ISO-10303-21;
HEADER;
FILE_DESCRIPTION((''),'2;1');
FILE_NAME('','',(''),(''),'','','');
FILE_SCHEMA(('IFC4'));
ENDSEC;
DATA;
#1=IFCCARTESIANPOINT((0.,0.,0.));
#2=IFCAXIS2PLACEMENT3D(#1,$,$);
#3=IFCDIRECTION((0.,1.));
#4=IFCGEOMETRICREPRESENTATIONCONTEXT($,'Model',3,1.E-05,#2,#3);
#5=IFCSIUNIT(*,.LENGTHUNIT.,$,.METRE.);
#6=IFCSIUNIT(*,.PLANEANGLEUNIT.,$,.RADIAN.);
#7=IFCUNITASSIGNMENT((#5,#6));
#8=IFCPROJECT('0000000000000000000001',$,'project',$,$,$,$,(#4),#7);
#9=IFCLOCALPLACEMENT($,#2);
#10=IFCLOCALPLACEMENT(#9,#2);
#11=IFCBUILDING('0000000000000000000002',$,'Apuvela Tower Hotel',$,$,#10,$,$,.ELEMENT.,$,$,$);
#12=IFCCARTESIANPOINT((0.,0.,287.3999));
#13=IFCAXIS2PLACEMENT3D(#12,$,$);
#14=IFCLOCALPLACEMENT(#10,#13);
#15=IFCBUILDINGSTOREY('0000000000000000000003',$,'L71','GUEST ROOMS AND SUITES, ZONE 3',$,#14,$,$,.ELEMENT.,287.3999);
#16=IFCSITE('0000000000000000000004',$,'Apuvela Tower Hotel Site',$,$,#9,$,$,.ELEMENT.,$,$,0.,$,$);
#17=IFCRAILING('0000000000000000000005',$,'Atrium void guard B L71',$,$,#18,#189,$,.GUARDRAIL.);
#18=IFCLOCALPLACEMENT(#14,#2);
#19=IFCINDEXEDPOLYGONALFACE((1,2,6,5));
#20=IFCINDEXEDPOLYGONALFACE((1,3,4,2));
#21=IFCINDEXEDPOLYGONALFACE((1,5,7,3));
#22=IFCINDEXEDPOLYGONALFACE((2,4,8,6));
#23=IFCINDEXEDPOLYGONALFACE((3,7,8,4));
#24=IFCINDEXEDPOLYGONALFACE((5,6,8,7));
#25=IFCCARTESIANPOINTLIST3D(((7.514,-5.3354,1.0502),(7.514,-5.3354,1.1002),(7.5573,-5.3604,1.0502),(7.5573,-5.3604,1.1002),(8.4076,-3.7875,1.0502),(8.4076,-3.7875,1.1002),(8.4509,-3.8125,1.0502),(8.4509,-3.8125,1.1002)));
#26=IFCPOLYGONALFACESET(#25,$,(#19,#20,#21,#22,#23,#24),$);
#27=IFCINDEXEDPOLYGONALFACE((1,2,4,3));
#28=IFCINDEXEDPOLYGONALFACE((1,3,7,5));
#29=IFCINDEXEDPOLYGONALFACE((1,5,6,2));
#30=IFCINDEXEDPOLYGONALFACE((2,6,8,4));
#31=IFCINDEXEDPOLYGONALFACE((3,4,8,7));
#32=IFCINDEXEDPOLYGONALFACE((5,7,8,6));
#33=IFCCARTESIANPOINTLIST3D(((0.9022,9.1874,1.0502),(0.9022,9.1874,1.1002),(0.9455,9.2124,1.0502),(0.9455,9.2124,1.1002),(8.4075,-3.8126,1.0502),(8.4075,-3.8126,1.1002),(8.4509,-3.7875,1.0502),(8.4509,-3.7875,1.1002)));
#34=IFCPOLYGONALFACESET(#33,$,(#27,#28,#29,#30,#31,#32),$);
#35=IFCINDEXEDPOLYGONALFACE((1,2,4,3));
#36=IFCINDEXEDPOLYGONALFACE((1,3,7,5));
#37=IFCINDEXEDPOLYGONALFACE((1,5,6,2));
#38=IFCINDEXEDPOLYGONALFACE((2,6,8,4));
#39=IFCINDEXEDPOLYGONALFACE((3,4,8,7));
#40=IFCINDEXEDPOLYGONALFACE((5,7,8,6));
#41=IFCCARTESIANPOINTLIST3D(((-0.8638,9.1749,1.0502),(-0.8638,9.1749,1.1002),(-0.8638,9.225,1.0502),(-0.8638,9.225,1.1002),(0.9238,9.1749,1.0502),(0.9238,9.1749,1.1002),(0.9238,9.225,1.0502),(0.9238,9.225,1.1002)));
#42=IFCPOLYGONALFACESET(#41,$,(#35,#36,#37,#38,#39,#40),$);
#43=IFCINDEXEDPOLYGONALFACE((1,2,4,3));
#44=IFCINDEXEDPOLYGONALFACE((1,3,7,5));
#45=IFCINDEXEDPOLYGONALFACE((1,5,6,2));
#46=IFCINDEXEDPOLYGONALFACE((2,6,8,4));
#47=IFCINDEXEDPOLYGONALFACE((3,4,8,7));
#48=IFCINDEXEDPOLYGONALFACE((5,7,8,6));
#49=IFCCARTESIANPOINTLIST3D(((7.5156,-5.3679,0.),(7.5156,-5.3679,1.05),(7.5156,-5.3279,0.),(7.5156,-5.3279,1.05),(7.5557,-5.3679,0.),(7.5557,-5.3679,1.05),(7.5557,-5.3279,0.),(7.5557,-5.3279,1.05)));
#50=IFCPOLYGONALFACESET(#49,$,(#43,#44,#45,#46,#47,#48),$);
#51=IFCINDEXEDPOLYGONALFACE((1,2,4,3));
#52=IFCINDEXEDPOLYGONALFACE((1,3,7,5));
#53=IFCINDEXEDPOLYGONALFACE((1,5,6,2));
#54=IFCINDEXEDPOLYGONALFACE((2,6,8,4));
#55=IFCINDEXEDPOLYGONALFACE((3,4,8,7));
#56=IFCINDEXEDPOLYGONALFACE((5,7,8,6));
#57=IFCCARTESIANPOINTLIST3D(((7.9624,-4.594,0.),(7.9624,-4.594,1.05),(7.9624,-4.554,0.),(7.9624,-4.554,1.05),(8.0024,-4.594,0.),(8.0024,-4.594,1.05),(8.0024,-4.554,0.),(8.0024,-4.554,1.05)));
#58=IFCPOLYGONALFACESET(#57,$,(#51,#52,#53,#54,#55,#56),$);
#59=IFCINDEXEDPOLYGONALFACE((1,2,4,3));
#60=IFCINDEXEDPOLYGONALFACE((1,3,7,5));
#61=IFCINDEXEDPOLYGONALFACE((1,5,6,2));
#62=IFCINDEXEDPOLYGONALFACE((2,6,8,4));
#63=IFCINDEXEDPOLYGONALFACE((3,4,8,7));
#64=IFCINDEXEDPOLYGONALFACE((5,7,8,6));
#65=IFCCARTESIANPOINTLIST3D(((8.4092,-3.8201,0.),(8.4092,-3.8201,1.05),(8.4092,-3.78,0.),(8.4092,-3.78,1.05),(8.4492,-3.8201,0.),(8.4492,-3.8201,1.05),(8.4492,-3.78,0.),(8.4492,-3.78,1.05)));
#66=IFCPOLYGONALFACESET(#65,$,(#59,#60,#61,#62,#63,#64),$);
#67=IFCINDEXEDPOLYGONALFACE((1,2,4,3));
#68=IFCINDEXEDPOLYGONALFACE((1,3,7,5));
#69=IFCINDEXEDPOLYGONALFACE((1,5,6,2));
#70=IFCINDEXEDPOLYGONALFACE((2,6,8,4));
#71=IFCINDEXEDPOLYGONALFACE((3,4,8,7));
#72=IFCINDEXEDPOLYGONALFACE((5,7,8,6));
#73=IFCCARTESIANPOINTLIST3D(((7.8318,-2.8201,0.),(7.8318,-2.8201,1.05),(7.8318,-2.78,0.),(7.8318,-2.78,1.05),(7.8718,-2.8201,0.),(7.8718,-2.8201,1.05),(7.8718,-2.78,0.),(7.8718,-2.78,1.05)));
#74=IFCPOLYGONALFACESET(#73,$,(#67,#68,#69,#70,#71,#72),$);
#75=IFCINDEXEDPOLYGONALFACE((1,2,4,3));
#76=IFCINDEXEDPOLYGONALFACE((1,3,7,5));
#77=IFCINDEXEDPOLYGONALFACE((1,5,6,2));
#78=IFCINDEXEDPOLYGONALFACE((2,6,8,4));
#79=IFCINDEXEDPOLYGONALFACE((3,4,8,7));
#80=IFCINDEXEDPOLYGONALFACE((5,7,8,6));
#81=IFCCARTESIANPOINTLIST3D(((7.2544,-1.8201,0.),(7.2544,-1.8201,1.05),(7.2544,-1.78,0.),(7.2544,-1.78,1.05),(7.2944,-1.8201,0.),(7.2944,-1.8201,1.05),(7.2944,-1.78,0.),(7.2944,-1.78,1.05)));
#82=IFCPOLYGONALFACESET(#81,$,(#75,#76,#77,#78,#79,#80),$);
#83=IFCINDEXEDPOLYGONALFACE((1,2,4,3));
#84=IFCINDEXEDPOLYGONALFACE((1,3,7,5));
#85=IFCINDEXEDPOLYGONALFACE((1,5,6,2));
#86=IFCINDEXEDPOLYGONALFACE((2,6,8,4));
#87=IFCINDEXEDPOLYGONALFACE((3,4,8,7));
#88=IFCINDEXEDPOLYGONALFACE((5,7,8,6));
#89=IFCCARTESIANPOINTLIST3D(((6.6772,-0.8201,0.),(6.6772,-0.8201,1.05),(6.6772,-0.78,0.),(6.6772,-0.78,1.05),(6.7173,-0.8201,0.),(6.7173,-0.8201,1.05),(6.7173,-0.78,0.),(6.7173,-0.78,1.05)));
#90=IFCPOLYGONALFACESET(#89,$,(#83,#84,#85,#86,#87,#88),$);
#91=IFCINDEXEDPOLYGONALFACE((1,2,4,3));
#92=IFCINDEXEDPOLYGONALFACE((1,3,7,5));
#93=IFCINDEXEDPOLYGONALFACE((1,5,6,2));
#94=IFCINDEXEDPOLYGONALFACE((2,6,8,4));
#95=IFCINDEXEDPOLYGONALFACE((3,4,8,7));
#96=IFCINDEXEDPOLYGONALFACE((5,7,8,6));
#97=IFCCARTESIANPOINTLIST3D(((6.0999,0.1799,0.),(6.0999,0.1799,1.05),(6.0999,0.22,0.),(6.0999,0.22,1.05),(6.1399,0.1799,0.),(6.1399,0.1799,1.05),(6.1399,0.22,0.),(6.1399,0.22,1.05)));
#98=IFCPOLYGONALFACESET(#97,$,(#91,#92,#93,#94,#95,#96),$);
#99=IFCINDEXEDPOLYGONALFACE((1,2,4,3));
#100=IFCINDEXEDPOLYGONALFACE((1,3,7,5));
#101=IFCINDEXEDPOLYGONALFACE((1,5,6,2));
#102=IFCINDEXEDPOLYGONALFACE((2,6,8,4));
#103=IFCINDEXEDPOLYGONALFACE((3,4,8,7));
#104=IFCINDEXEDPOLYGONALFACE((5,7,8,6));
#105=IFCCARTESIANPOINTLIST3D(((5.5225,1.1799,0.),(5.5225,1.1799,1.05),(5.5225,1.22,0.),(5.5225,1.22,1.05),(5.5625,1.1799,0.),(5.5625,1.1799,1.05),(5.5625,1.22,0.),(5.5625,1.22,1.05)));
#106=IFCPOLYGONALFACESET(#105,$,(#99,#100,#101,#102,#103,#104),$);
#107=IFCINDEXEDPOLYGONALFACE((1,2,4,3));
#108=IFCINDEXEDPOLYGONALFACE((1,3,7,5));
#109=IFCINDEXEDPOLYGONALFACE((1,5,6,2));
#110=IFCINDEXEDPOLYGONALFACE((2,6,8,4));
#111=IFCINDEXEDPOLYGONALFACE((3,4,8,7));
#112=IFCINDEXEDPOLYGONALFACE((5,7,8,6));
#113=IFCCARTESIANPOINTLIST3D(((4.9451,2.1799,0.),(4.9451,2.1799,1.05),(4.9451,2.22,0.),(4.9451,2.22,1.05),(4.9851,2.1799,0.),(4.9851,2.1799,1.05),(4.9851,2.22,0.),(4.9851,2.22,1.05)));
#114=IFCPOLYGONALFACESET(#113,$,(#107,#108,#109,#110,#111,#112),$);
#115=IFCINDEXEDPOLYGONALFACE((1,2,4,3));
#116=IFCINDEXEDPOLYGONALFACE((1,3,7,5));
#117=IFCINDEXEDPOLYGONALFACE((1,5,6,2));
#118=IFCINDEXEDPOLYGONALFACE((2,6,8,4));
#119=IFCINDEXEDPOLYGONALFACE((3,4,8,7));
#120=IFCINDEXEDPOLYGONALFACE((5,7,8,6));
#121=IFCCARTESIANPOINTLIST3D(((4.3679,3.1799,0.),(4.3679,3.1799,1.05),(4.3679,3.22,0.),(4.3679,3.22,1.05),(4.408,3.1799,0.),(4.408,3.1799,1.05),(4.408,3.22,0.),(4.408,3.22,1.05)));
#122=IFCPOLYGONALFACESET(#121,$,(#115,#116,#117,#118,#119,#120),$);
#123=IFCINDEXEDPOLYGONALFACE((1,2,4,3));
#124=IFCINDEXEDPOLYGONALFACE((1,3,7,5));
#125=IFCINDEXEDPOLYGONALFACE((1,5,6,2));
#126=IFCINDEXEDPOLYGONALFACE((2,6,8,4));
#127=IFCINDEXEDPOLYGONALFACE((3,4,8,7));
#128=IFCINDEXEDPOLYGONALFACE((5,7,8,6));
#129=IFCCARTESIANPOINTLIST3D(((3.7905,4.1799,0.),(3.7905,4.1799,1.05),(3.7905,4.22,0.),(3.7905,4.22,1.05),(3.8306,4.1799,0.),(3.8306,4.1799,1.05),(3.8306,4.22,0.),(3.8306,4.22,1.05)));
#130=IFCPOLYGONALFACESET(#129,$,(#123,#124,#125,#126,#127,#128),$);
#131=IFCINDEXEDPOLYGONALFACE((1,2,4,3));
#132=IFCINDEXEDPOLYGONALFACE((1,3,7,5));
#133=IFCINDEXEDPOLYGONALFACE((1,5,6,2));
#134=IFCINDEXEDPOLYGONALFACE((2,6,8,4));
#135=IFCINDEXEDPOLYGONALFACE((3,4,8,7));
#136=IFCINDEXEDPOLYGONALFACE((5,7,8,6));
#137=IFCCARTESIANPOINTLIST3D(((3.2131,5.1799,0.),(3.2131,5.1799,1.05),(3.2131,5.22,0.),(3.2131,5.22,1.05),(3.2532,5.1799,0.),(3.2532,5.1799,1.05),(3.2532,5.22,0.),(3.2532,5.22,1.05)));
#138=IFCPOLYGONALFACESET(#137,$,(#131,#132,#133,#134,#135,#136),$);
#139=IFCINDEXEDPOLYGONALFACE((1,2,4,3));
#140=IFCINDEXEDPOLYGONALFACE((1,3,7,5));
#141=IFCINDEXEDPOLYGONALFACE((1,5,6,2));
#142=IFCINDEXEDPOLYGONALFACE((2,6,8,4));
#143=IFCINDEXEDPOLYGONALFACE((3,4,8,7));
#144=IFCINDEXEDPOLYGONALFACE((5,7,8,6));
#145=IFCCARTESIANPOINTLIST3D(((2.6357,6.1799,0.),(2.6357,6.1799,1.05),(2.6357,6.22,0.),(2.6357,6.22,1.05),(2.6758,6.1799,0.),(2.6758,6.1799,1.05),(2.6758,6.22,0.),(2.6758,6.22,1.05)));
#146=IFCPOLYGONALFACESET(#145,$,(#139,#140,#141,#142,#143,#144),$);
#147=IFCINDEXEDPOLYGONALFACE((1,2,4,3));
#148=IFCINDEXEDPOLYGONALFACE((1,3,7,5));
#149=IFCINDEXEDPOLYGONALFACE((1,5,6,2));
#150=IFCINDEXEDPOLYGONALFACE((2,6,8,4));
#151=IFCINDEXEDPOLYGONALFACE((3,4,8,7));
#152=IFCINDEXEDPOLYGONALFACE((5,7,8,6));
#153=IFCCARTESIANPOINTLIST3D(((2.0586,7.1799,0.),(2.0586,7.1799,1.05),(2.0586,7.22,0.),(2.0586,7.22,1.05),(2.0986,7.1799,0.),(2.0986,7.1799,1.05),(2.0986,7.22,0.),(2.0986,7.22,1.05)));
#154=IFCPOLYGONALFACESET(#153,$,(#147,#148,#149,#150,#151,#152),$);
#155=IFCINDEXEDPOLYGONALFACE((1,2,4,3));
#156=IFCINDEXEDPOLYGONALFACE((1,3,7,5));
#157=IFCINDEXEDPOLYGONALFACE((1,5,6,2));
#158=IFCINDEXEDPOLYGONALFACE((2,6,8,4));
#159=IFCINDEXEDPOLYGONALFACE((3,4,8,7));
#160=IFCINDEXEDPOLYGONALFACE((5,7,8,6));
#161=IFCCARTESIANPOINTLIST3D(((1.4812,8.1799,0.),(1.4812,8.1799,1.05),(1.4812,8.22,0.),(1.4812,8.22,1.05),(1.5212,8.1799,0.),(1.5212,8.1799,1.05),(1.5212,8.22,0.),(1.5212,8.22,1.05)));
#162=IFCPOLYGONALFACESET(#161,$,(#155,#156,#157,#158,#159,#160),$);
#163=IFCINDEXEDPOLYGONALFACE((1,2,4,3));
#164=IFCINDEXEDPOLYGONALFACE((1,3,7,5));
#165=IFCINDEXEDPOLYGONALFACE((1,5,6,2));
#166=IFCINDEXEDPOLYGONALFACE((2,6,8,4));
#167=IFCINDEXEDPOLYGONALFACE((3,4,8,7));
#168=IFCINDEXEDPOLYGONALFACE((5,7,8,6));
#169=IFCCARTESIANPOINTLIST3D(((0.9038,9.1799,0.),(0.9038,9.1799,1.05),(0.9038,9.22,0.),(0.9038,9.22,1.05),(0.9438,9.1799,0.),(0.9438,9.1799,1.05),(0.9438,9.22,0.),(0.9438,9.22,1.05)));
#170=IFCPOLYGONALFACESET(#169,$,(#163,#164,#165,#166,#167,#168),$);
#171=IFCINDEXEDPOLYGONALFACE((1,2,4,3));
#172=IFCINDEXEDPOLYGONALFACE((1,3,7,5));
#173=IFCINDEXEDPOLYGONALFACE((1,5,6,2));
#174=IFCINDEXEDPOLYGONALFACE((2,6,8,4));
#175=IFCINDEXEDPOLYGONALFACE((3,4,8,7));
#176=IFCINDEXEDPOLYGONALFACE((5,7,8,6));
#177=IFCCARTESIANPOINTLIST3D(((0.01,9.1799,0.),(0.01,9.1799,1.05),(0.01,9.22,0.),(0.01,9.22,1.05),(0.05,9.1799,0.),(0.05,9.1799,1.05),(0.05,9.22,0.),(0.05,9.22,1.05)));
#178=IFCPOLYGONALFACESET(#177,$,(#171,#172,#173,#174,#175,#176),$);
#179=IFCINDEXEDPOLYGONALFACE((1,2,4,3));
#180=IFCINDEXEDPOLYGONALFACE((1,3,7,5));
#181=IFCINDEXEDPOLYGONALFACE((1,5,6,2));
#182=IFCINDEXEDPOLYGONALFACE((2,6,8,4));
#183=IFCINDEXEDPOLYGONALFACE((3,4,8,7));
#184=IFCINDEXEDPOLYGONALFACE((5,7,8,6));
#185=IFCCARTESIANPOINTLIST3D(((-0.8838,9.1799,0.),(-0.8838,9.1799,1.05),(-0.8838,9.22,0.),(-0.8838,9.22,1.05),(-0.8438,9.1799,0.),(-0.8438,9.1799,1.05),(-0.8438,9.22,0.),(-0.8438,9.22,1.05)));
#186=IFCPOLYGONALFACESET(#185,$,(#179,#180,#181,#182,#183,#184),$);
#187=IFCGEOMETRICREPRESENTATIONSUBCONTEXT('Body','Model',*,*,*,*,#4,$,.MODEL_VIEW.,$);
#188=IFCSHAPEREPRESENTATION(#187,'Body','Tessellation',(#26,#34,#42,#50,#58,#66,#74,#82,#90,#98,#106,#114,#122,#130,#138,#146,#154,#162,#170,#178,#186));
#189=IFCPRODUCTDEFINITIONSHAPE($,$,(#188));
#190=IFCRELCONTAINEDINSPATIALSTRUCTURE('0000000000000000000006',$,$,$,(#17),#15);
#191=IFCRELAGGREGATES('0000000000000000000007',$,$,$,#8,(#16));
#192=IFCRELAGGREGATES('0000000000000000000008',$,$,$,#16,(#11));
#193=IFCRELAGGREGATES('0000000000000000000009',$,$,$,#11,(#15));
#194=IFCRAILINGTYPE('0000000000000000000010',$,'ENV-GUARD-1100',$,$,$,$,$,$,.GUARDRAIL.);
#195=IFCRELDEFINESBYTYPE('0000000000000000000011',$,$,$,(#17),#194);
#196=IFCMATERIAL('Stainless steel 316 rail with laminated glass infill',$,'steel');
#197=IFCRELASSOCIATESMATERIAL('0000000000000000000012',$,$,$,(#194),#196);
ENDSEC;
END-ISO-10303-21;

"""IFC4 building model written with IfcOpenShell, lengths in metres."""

from ifc_helpers import new_model, si_unit, direction, frame, origin, origin_2d, place, context, subcontext, project, spatial, rectangle, extrude, material, type_object, element, save


model = new_model("IFC4")

# Units and contexts
model_context = context("Model", 3, precision=1e-05, world=origin(), true_north=direction((0.0, 1.0)))
body_context = subcontext(model_context, "Body", "Model", "MODEL_VIEW")
ifc_project = project(units=[si_unit("LENGTHUNIT", "METRE"), si_unit("PLANEANGLEUNIT", "RADIAN")], contexts=[model_context])

# Site, building, storey
site_placement = place(None, origin())
site = spatial("IfcSite", under=ifc_project, at=site_placement, Name="Apuvela Tower Hotel Site", CompositionType="ELEMENT", RefElevation=0.0)
building_placement = place(site_placement, origin())
building = spatial("IfcBuilding", under=site, at=building_placement, Name="Apuvela Tower Hotel", CompositionType="ELEMENT")
storey_placement = place(building_placement, frame((0.0, 0.0, 287.3999)))
storey = spatial("IfcBuildingStorey", under=building, at=storey_placement, Name="L71", Description="GUEST ROOMS AND SUITES, ZONE 3", CompositionType="ELEMENT", Elevation=287.3999)

# Railing
ifc_material_1 = material(Name="Stainless steel 316 rail with laminated glass infill", Category="steel")
railing_type_1 = type_object("IfcRailingType", Name="ENV-GUARD-1100", PredefinedType="GUARDRAIL", material=ifc_material_1)
railing_1_placement = place(storey_placement, frame((7.5356, -5.3479, 0.0)))
element("IfcRailing", 1, at=railing_1_placement, inside=storey, type_object=railing_type_1, Name="Atrium void guard B L71", PredefinedType="GUARDRAIL", context=body_context, shape_type="SweptSolid", body=[
    extrude(rectangle(XDim=0.05, YDim=0.05, at=origin_2d()), frame((0.0, 0.0, 1.0752), z_axis=(0.499959, 0.866049, 0.0), x_axis=(-0.866049, 0.499959, 0.0)), (0.0, 0.0, 1.0), 1.7874),
    extrude(rectangle(XDim=0.05, YDim=0.05, at=origin_2d()), frame((0.8936, 1.5479, 1.0752), z_axis=(-0.499991, 0.866031, 0.0), x_axis=(-0.866031, -0.499991, 0.0)), (0.0, 0.0, 1.0), 15.011),
    extrude(rectangle(XDim=0.05, YDim=0.05, at=origin_2d()), frame((-6.6118, 14.5479, 1.0752), z_axis=(-1.0, 0.0, 0.0), x_axis=(0.0, -1.0, 0.0)), (0.0, 0.0, 1.0), 1.7876),
    extrude(rectangle(XDim=0.04, YDim=0.04, at=origin_2d()), origin(), (0.0, 0.0, 1.0), 1.05),
    extrude(rectangle(XDim=0.04, YDim=0.04, at=origin_2d()), frame((0.4468, 0.7739, 0.0)), (0.0, 0.0, 1.0), 1.05),
    extrude(rectangle(XDim=0.04, YDim=0.04, at=origin_2d()), frame((0.8936, 1.5479, 0.0)), (0.0, 0.0, 1.0), 1.05),
    extrude(rectangle(XDim=0.04, YDim=0.04, at=origin_2d()), frame((0.3162, 2.5479, 0.0)), (0.0, 0.0, 1.0), 1.05),
    extrude(rectangle(XDim=0.04, YDim=0.04, at=origin_2d()), frame((-0.2612, 3.5479, 0.0)), (0.0, 0.0, 1.0), 1.05),
    extrude(rectangle(XDim=0.04, YDim=0.04, at=origin_2d()), frame((-0.8384, 4.5479, 0.0)), (0.0, 0.0, 1.0), 1.05),
    extrude(rectangle(XDim=0.04, YDim=0.04, at=origin_2d()), frame((-1.4158, 5.5479, 0.0)), (0.0, 0.0, 1.0), 1.05),
    extrude(rectangle(XDim=0.04, YDim=0.04, at=origin_2d()), frame((-1.9932, 6.5479, 0.0)), (0.0, 0.0, 1.0), 1.05),
    extrude(rectangle(XDim=0.04, YDim=0.04, at=origin_2d()), frame((-2.5706, 7.5479, 0.0)), (0.0, 0.0, 1.0), 1.05),
    extrude(rectangle(XDim=0.04, YDim=0.04, at=origin_2d()), frame((-3.1477, 8.5479, 0.0)), (0.0, 0.0, 1.0), 1.05),
    extrude(rectangle(XDim=0.04, YDim=0.04, at=origin_2d()), frame((-3.7251, 9.5479, 0.0)), (0.0, 0.0, 1.0), 1.05),
    extrude(rectangle(XDim=0.04, YDim=0.04, at=origin_2d()), frame((-4.3025, 10.5479, 0.0)), (0.0, 0.0, 1.0), 1.05),
    extrude(rectangle(XDim=0.04, YDim=0.04, at=origin_2d()), frame((-4.8799, 11.5479, 0.0)), (0.0, 0.0, 1.0), 1.05),
    extrude(rectangle(XDim=0.04, YDim=0.04, at=origin_2d()), frame((-5.457, 12.5479, 0.0)), (0.0, 0.0, 1.0), 1.05),
    extrude(rectangle(XDim=0.04, YDim=0.04, at=origin_2d()), frame((-6.0344, 13.5479, 0.0)), (0.0, 0.0, 1.0), 1.05),
    extrude(rectangle(XDim=0.04, YDim=0.04, at=origin_2d()), frame((-6.6118, 14.5479, 0.0)), (0.0, 0.0, 1.0), 1.05),
    extrude(rectangle(XDim=0.04, YDim=0.04, at=origin_2d()), frame((-7.5056, 14.5479, 0.0)), (0.0, 0.0, 1.0), 1.05),
    extrude(rectangle(XDim=0.04, YDim=0.04, at=origin_2d()), frame((-8.3994, 14.5479, 0.0)), (0.0, 0.0, 1.0), 1.05),
])

save(model, "model.ifc")
